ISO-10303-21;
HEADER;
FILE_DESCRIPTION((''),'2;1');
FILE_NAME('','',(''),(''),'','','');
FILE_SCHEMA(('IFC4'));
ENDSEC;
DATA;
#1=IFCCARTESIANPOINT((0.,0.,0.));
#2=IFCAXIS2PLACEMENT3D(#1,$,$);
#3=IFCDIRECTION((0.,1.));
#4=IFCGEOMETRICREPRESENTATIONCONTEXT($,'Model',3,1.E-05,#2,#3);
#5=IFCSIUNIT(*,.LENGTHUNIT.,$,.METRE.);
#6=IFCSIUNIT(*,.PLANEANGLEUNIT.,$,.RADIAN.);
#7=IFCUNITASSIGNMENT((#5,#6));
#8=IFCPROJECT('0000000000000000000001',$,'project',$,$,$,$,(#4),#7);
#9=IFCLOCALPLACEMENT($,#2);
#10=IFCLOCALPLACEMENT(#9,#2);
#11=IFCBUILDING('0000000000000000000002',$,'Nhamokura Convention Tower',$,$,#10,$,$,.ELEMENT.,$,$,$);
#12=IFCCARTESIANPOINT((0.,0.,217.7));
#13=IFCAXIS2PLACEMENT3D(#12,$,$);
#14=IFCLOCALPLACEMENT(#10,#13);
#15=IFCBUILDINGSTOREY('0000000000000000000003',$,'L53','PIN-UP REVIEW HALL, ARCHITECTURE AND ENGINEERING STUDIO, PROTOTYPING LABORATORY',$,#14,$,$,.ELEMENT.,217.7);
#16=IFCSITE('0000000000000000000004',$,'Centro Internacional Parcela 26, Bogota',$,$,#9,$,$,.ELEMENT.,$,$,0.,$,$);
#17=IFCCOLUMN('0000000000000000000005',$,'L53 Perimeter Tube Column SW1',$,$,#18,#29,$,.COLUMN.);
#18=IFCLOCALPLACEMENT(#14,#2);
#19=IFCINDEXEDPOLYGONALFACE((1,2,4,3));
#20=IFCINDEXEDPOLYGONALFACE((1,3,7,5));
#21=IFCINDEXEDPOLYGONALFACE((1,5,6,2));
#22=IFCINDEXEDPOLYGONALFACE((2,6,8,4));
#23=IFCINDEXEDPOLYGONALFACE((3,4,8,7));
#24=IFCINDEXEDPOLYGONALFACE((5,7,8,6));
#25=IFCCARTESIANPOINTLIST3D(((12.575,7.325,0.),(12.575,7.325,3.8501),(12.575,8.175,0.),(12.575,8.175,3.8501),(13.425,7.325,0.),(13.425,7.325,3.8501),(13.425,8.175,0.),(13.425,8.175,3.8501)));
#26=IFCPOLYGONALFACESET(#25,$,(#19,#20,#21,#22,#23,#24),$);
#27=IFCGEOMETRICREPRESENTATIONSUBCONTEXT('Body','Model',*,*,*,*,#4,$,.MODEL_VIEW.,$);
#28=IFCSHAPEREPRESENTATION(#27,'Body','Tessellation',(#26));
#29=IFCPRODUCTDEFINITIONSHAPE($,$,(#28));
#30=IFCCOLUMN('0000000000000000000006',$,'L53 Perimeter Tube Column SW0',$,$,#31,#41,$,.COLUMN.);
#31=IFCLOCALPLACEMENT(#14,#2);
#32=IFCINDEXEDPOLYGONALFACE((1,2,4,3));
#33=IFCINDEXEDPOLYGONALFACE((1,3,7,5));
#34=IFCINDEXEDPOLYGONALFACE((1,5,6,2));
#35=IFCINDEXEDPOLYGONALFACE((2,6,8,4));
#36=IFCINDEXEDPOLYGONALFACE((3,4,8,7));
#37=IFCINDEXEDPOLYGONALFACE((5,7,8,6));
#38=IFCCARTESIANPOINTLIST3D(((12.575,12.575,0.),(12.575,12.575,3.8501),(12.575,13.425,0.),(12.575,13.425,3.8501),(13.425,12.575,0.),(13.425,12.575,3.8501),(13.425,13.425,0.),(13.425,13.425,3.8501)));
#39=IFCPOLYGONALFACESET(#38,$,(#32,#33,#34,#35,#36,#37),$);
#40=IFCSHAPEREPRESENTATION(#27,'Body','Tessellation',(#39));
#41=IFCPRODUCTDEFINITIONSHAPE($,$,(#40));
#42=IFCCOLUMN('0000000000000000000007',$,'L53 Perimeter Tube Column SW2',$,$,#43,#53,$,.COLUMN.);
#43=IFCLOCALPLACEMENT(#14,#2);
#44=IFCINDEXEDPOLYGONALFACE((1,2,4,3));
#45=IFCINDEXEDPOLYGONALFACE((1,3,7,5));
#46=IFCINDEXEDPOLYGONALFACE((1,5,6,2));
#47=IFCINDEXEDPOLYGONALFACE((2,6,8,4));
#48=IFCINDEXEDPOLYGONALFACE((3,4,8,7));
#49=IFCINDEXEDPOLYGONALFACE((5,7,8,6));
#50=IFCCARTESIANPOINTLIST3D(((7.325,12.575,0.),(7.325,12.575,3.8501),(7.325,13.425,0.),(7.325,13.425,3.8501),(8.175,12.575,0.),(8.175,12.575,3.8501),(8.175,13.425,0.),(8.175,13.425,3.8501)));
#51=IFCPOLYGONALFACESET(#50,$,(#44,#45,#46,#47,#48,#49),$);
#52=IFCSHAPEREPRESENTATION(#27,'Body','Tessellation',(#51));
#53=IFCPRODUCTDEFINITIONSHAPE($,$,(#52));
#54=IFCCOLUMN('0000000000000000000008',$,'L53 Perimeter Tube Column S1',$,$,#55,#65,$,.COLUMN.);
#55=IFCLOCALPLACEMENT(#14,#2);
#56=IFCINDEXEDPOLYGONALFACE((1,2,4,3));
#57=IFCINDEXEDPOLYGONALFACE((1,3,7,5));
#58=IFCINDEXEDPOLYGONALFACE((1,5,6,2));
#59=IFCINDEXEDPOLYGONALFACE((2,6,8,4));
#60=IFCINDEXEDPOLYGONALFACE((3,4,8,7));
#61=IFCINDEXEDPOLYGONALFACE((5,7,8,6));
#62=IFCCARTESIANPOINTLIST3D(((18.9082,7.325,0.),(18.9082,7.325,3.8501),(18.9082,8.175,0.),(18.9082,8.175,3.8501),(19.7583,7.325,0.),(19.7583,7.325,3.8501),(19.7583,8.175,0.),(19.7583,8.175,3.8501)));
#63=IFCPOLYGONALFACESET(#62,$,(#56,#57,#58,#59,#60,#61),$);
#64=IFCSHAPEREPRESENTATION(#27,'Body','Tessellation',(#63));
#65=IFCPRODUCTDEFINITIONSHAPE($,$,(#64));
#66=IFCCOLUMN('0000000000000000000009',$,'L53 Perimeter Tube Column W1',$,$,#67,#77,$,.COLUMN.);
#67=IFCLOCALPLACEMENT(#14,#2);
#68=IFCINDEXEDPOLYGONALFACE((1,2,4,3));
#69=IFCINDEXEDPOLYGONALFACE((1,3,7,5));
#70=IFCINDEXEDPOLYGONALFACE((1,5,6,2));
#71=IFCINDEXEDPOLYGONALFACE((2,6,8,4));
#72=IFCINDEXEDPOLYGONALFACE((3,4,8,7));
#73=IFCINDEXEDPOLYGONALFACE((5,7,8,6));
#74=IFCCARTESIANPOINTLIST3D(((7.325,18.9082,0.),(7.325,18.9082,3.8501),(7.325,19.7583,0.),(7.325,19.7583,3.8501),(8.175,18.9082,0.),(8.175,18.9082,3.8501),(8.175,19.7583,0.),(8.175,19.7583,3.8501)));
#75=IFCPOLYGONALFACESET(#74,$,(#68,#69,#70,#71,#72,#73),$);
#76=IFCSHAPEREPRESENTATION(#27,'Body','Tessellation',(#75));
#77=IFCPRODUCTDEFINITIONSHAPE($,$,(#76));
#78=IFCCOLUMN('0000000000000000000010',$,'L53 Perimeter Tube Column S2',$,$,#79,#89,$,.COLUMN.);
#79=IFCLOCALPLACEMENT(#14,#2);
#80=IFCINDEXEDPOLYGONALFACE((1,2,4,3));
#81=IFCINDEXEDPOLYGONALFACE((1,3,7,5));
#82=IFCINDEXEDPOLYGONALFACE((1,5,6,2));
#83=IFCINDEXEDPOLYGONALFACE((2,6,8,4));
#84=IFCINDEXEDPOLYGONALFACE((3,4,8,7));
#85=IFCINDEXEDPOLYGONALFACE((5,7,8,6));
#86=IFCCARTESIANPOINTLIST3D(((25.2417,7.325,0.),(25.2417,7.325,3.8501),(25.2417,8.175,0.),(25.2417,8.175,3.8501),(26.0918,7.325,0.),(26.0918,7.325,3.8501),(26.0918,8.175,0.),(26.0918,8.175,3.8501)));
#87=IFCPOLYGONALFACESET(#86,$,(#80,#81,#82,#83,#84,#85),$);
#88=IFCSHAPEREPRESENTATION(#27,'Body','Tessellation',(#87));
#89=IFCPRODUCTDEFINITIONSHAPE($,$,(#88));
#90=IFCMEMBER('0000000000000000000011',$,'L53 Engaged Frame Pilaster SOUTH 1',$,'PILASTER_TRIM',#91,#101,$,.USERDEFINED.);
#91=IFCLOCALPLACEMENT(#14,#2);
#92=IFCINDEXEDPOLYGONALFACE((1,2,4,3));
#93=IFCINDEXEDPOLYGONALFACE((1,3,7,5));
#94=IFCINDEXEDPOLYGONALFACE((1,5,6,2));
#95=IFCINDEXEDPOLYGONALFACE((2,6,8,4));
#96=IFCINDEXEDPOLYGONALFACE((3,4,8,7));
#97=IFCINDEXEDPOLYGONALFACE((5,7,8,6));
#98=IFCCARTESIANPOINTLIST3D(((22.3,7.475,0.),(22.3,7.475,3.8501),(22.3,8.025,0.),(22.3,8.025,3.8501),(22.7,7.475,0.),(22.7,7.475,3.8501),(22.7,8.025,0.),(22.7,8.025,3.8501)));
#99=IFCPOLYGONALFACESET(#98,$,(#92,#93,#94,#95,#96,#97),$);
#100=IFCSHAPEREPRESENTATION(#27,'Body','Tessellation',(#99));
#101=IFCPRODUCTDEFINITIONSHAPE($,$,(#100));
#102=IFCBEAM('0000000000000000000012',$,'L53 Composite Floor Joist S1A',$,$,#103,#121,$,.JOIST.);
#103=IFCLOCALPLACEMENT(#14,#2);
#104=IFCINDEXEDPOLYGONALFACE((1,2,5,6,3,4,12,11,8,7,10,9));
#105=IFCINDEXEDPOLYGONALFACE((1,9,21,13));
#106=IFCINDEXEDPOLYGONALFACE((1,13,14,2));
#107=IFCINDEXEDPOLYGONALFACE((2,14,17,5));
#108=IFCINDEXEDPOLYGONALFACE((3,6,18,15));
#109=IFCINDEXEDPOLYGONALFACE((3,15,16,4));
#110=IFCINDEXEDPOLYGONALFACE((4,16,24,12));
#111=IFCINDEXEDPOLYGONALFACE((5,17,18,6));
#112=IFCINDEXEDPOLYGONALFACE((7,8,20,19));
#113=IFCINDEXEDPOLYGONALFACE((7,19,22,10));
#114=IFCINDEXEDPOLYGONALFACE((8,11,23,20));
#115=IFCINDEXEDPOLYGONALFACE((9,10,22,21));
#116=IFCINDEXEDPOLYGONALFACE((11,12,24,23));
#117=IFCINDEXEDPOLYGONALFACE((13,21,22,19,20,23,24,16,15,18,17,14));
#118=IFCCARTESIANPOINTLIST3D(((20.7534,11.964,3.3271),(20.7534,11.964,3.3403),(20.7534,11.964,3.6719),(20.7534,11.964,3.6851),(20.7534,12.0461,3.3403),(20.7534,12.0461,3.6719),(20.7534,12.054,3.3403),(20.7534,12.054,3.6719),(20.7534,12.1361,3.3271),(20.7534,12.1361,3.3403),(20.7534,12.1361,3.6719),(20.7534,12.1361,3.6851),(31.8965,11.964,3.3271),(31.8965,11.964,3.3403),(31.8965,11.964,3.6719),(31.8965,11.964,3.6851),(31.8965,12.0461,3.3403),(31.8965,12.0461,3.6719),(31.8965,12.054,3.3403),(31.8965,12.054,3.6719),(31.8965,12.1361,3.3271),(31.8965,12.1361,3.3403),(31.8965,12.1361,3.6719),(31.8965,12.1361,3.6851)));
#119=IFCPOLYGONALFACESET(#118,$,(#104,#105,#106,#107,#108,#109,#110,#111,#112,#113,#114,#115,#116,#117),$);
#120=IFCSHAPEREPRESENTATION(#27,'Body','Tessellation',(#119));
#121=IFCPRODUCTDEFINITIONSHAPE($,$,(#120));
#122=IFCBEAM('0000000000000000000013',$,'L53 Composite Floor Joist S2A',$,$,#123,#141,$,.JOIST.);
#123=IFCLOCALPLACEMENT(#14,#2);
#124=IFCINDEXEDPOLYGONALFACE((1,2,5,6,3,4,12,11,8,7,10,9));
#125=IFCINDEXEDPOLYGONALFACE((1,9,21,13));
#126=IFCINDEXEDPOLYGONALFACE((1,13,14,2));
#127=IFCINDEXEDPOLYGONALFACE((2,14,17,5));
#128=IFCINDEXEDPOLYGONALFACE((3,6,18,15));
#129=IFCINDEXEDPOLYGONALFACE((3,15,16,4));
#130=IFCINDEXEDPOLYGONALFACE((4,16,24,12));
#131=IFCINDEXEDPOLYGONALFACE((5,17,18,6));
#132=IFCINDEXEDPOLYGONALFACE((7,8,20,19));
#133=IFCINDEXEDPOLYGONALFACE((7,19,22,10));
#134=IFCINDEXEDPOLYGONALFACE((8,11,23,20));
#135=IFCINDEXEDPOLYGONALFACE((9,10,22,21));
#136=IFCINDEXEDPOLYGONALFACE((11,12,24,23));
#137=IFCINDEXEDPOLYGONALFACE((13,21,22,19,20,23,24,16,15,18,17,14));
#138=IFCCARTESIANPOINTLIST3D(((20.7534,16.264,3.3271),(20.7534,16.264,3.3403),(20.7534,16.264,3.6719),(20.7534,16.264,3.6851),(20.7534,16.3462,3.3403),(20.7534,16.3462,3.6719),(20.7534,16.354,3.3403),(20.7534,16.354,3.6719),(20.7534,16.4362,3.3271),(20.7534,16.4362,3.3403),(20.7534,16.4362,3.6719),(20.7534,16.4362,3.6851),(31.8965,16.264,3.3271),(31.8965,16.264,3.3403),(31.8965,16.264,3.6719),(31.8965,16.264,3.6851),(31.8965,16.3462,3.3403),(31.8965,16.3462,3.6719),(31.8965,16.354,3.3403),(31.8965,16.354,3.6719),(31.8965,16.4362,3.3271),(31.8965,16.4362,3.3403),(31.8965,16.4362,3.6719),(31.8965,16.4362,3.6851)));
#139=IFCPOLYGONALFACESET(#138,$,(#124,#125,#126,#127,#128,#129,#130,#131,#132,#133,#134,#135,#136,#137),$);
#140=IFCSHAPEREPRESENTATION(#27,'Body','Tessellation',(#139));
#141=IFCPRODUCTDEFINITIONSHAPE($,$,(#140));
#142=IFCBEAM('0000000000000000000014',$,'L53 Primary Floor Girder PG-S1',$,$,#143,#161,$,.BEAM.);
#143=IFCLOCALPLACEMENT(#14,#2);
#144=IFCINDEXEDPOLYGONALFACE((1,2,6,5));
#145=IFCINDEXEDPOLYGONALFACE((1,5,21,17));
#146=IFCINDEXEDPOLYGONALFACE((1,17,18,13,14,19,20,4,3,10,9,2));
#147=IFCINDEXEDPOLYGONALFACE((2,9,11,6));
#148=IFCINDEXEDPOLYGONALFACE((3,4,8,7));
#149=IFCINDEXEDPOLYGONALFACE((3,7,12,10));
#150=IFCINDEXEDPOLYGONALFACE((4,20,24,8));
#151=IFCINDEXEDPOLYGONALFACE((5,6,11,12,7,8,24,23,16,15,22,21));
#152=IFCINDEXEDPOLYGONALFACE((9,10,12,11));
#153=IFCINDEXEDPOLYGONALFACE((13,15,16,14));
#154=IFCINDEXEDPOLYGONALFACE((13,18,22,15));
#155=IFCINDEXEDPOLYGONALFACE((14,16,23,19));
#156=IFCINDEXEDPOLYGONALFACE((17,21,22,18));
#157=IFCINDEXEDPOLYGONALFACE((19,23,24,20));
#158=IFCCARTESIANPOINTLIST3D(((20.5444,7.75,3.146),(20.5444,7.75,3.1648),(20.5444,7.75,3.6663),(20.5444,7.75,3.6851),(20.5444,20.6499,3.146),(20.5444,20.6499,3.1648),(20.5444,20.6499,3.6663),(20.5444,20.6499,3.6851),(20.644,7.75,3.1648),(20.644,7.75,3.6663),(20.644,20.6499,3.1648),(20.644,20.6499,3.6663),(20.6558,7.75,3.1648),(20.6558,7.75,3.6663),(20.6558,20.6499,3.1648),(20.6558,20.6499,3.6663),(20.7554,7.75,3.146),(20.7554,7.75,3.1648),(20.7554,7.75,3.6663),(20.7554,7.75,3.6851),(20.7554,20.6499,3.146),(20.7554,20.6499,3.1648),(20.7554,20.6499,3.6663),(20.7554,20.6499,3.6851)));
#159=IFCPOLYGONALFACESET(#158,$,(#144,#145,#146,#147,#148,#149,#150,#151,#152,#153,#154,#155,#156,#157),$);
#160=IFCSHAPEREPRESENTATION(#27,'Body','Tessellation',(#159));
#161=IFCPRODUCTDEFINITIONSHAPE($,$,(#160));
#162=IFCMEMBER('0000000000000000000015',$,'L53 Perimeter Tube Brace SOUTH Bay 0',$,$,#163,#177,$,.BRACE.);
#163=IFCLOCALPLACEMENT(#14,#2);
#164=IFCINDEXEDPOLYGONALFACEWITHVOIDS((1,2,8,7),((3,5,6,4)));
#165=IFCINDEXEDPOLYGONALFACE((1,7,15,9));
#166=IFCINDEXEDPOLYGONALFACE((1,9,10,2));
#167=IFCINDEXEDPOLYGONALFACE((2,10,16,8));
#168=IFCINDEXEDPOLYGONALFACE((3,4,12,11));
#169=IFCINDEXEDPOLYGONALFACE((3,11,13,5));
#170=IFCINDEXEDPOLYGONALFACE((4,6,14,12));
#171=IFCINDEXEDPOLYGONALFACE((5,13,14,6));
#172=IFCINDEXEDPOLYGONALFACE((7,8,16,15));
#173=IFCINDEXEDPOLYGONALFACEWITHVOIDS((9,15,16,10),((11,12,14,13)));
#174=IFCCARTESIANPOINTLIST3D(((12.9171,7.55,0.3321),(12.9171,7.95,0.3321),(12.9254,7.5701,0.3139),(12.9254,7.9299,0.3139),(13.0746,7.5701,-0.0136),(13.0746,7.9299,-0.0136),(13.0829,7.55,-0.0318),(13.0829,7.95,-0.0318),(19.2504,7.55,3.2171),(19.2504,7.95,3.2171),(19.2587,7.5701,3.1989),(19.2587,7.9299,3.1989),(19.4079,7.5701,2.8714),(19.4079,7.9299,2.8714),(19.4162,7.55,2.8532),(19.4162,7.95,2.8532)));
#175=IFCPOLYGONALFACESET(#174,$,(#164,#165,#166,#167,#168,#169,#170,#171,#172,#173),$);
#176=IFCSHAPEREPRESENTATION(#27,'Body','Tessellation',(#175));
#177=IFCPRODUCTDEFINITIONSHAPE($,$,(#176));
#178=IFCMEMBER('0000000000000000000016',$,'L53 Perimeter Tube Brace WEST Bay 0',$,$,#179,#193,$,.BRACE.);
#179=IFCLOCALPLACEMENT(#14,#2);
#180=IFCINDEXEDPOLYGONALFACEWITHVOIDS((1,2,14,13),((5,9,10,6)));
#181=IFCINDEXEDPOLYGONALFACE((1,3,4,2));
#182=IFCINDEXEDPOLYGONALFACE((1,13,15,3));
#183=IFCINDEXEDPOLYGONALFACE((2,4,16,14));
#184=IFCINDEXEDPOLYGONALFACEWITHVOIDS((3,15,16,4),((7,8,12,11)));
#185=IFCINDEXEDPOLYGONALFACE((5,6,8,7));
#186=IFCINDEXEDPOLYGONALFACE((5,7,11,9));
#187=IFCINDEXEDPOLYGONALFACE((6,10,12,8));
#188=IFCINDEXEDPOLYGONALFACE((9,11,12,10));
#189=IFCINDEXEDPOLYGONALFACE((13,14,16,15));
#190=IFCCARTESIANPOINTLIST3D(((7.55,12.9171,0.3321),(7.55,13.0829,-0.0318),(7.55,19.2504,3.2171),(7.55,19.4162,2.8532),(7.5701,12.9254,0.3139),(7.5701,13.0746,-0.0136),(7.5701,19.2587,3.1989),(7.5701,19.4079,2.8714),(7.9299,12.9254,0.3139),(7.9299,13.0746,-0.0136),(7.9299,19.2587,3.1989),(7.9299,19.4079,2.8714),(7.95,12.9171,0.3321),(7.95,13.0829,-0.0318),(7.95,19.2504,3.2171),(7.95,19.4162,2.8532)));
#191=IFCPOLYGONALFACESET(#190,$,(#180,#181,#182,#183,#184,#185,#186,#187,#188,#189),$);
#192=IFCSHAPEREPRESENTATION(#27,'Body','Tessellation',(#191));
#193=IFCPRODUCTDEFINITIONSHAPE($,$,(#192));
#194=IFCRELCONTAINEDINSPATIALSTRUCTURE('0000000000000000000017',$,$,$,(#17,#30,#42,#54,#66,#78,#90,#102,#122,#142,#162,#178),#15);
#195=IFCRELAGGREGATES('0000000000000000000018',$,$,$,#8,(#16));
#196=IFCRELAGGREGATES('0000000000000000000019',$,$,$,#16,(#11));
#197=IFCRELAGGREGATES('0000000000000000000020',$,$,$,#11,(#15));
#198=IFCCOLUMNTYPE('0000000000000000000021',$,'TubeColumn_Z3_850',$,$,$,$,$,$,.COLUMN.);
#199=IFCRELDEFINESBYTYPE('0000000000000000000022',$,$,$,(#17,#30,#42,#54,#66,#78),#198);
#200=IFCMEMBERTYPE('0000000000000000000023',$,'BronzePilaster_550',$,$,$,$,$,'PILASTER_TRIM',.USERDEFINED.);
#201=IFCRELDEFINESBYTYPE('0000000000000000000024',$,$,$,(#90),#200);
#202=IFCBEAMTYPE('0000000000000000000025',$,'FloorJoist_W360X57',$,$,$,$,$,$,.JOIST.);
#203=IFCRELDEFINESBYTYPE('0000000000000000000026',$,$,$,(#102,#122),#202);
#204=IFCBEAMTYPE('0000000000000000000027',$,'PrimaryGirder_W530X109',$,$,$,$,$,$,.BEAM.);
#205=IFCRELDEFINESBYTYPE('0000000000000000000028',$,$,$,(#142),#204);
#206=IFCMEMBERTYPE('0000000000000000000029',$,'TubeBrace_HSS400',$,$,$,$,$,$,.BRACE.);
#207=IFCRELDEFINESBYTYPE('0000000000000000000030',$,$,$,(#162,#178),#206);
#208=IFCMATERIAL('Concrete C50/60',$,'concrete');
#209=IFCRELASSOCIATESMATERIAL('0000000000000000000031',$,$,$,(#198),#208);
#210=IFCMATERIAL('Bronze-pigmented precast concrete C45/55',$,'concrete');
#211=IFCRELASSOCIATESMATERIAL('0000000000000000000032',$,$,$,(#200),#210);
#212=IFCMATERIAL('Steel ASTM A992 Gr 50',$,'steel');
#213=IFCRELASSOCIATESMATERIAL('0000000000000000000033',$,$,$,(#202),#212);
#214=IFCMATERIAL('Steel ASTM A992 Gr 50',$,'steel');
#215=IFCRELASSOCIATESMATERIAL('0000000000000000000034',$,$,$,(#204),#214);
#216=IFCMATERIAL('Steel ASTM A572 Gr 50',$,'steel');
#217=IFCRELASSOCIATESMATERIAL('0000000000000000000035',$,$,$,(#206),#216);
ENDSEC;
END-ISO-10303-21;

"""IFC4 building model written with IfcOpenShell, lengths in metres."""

from ifc_helpers import new_model, si_unit, direction, frame, origin, origin_2d, place, context, subcontext, project, spatial, rectangle, hollow_rectangle, i_section, extrude, material, material_profile, profile_set, type_object, element, save


model = new_model("IFC4")

# Units and contexts
model_context = context("Model", 3, precision=1e-05, world=origin(), true_north=direction((0.0, 1.0)))
body_context = subcontext(model_context, "Body", "Model", "MODEL_VIEW")
ifc_project = project(units=[si_unit("LENGTHUNIT", "METRE"), si_unit("PLANEANGLEUNIT", "RADIAN")], contexts=[model_context])

# Site, building, storey
site_placement = place(None, origin())
site = spatial("IfcSite", under=ifc_project, at=site_placement, Name="Centro Internacional Parcela 26, Bogota", CompositionType="ELEMENT", RefElevation=0.0)
building_placement = place(site_placement, origin())
building = spatial("IfcBuilding", under=site, at=building_placement, Name="Nhamokura Convention Tower", CompositionType="ELEMENT")
storey_placement = place(building_placement, frame((0.0, 0.0, 217.7)))
storey = spatial("IfcBuildingStorey", under=building, at=storey_placement, Name="L53", Description="PIN-UP REVIEW HALL, ARCHITECTURE AND ENGINEERING STUDIO, PROTOTYPING LABORATORY", CompositionType="ELEMENT", Elevation=217.7)

# Columns
ifc_material_1 = material(Name="Concrete C50/60", Category="concrete")
ifc_material_profile_1 = material_profile(ifc_material_1, rectangle(XDim=0.8501, YDim=0.8501, at=origin_2d()))
ifc_profile_set_1 = profile_set([ifc_material_profile_1], Name="Concrete C50/60")
column_type = type_object("IfcColumnType", Name="TubeColumn_Z3_850", PredefinedType="COLUMN", material=ifc_profile_set_1)
for number, where, z_axis, x_axis, name in (
    (1, (13.0, 7.75, 0.0), (0.0, 0.0, 1.0), (1.0, 0.0, 0.0), "L53 Perimeter Tube Column SW1"),
    (2, (13.0, 13.0, 0.0), (0.0, 0.0, 1.0), (1.0, 0.0, 0.0), "L53 Perimeter Tube Column SW0"),
    (3, (7.75, 13.0, 0.0), (0.0, 0.0, 1.0), (1.0, 0.0, 0.0), "L53 Perimeter Tube Column SW2"),
    (4, (19.3333, 7.75, 0.0), (0.0, 0.0, 1.0), (1.0, 0.0, 0.0), "L53 Perimeter Tube Column S1"),
    (5, (7.75, 19.3333, 0.0), (0.0, 0.0, 1.0), (1.0, 0.0, 0.0), "L53 Perimeter Tube Column W1"),
    (6, (25.6667, 7.75, 0.0), (0.0, 0.0, 1.0), (1.0, 0.0, 0.0), "L53 Perimeter Tube Column S2"),
):
    element("IfcColumn", number, at=place(storey_placement, frame(where, z_axis=z_axis, x_axis=x_axis)), inside=storey, type_object=column_type, Name=name, PredefinedType="COLUMN", context=body_context, shape_type="SweptSolid", body=[
        extrude(rectangle(XDim=0.8501, YDim=0.8501, at=origin_2d()), origin(), (0.0, 0.0, 1.0), 3.8501),
    ])

# Member
ifc_material_2 = material(Name="Bronze-pigmented precast concrete C45/55", Category="concrete")
ifc_material_profile_2 = material_profile(ifc_material_2, rectangle(XDim=0.3999, YDim=0.55, at=origin_2d()))
ifc_profile_set_2 = profile_set([ifc_material_profile_2], Name="Bronze-pigmented precast concrete C45/55")
member_type_1 = type_object("IfcMemberType", Name="BronzePilaster_550", ElementType="PILASTER_TRIM", PredefinedType="USERDEFINED", material=ifc_profile_set_2)
member_placement = place(storey_placement, frame((22.5, 7.75, 0.0), z_axis=(0.0, 0.0, 1.0), x_axis=(1.0, 0.0, 0.0)))
element("IfcMember", 7, at=member_placement, inside=storey, type_object=member_type_1, Name="L53 Engaged Frame Pilaster SOUTH 1", ObjectType="PILASTER_TRIM", PredefinedType="USERDEFINED", context=body_context, shape_type="SweptSolid", body=[
    extrude(rectangle(XDim=0.3999, YDim=0.55, at=origin_2d()), origin(), (0.0, 0.0, 1.0), 3.8501),
])

# Beams
ifc_material_3 = material(Name="Steel ASTM A992 Gr 50", Category="steel")
ifc_material_profile_3 = material_profile(ifc_material_3, i_section(OverallWidth=0.1721, OverallDepth=0.3579, WebThickness=0.0078, FlangeThickness=0.0132, at=origin_2d()))
ifc_profile_set_3 = profile_set([ifc_material_profile_3], Name="Steel ASTM A992 Gr 50")
beam_type_1 = type_object("IfcBeamType", Name="FloorJoist_W360X57", PredefinedType="JOIST", material=ifc_profile_set_3)
for number, where, z_axis, x_axis, name in (
    (8, (20.7534, 12.05, 3.5061), (1.0, 0.0, 0.0), (0.0, 1.0, 0.0), "L53 Composite Floor Joist S1A"),
    (9, (20.7534, 16.3501, 3.5061), (1.0, 0.0, 0.0), (0.0, 1.0, 0.0), "L53 Composite Floor Joist S2A"),
):
    element("IfcBeam", number, at=place(storey_placement, frame(where, z_axis=z_axis, x_axis=x_axis)), inside=storey, type_object=beam_type_1, Name=name, PredefinedType="JOIST", context=body_context, shape_type="SweptSolid", body=[
        extrude(i_section(OverallWidth=0.1721, OverallDepth=0.3579, WebThickness=0.0078, FlangeThickness=0.0132, at=origin_2d()), origin(), (0.0, 0.0, 1.0), 11.1431),
    ])
ifc_material_4 = material(Name="Steel ASTM A992 Gr 50", Category="steel")
ifc_material_profile_4 = material_profile(ifc_material_4, i_section(OverallWidth=0.2109, OverallDepth=0.5391, WebThickness=0.0117, FlangeThickness=0.0188, at=origin_2d()))
ifc_profile_set_4 = profile_set([ifc_material_profile_4], Name="Steel ASTM A992 Gr 50")
beam_type_2 = type_object("IfcBeamType", Name="PrimaryGirder_W530X109", PredefinedType="BEAM", material=ifc_profile_set_4)
beam_1_placement = place(storey_placement, frame((20.6499, 7.75, 3.4155), z_axis=(0.0, 1.0, 0.0), x_axis=(-1.0, 0.0, 0.0)))
element("IfcBeam", 10, at=beam_1_placement, inside=storey, type_object=beam_type_2, Name="L53 Primary Floor Girder PG-S1", PredefinedType="BEAM", context=body_context, shape_type="SweptSolid", body=[
    extrude(i_section(OverallWidth=0.2109, OverallDepth=0.5391, WebThickness=0.0117, FlangeThickness=0.0188, at=origin_2d()), origin(), (0.0, 0.0, 1.0), 12.8999),
])

# Members
ifc_material_5 = material(Name="Steel ASTM A572 Gr 50", Category="steel")
ifc_material_profile_5 = material_profile(ifc_material_5, hollow_rectangle(XDim=0.3999, YDim=0.3999, WallThickness=0.02, at=origin_2d()))
ifc_profile_set_5 = profile_set([ifc_material_profile_5], Name="Steel ASTM A572 Gr 50")
member_type_2 = type_object("IfcMemberType", Name="TubeBrace_HSS400", PredefinedType="BRACE", material=ifc_profile_set_5)
for number, where, z_axis, x_axis, name in (
    (11, (13.0, 7.75, 0.1501), (0.910027, 0.0, 0.414548), (0.0, 1.0, 0.0), "L53 Perimeter Tube Brace SOUTH Bay 0"),
    (12, (7.75, 13.0, 0.1501), (0.0, 0.910027, 0.414548), (-1.0, 0.0, 0.0), "L53 Perimeter Tube Brace WEST Bay 0"),
):
    element("IfcMember", number, at=place(storey_placement, frame(where, z_axis=z_axis, x_axis=x_axis)), inside=storey, type_object=member_type_2, Name=name, PredefinedType="BRACE", context=body_context, shape_type="SweptSolid", body=[
        extrude(hollow_rectangle(XDim=0.3999, YDim=0.3999, WallThickness=0.02, at=origin_2d()), origin(), (0.0, 0.0, 1.0), 6.9595),
    ])

save(model, "model.ifc")
